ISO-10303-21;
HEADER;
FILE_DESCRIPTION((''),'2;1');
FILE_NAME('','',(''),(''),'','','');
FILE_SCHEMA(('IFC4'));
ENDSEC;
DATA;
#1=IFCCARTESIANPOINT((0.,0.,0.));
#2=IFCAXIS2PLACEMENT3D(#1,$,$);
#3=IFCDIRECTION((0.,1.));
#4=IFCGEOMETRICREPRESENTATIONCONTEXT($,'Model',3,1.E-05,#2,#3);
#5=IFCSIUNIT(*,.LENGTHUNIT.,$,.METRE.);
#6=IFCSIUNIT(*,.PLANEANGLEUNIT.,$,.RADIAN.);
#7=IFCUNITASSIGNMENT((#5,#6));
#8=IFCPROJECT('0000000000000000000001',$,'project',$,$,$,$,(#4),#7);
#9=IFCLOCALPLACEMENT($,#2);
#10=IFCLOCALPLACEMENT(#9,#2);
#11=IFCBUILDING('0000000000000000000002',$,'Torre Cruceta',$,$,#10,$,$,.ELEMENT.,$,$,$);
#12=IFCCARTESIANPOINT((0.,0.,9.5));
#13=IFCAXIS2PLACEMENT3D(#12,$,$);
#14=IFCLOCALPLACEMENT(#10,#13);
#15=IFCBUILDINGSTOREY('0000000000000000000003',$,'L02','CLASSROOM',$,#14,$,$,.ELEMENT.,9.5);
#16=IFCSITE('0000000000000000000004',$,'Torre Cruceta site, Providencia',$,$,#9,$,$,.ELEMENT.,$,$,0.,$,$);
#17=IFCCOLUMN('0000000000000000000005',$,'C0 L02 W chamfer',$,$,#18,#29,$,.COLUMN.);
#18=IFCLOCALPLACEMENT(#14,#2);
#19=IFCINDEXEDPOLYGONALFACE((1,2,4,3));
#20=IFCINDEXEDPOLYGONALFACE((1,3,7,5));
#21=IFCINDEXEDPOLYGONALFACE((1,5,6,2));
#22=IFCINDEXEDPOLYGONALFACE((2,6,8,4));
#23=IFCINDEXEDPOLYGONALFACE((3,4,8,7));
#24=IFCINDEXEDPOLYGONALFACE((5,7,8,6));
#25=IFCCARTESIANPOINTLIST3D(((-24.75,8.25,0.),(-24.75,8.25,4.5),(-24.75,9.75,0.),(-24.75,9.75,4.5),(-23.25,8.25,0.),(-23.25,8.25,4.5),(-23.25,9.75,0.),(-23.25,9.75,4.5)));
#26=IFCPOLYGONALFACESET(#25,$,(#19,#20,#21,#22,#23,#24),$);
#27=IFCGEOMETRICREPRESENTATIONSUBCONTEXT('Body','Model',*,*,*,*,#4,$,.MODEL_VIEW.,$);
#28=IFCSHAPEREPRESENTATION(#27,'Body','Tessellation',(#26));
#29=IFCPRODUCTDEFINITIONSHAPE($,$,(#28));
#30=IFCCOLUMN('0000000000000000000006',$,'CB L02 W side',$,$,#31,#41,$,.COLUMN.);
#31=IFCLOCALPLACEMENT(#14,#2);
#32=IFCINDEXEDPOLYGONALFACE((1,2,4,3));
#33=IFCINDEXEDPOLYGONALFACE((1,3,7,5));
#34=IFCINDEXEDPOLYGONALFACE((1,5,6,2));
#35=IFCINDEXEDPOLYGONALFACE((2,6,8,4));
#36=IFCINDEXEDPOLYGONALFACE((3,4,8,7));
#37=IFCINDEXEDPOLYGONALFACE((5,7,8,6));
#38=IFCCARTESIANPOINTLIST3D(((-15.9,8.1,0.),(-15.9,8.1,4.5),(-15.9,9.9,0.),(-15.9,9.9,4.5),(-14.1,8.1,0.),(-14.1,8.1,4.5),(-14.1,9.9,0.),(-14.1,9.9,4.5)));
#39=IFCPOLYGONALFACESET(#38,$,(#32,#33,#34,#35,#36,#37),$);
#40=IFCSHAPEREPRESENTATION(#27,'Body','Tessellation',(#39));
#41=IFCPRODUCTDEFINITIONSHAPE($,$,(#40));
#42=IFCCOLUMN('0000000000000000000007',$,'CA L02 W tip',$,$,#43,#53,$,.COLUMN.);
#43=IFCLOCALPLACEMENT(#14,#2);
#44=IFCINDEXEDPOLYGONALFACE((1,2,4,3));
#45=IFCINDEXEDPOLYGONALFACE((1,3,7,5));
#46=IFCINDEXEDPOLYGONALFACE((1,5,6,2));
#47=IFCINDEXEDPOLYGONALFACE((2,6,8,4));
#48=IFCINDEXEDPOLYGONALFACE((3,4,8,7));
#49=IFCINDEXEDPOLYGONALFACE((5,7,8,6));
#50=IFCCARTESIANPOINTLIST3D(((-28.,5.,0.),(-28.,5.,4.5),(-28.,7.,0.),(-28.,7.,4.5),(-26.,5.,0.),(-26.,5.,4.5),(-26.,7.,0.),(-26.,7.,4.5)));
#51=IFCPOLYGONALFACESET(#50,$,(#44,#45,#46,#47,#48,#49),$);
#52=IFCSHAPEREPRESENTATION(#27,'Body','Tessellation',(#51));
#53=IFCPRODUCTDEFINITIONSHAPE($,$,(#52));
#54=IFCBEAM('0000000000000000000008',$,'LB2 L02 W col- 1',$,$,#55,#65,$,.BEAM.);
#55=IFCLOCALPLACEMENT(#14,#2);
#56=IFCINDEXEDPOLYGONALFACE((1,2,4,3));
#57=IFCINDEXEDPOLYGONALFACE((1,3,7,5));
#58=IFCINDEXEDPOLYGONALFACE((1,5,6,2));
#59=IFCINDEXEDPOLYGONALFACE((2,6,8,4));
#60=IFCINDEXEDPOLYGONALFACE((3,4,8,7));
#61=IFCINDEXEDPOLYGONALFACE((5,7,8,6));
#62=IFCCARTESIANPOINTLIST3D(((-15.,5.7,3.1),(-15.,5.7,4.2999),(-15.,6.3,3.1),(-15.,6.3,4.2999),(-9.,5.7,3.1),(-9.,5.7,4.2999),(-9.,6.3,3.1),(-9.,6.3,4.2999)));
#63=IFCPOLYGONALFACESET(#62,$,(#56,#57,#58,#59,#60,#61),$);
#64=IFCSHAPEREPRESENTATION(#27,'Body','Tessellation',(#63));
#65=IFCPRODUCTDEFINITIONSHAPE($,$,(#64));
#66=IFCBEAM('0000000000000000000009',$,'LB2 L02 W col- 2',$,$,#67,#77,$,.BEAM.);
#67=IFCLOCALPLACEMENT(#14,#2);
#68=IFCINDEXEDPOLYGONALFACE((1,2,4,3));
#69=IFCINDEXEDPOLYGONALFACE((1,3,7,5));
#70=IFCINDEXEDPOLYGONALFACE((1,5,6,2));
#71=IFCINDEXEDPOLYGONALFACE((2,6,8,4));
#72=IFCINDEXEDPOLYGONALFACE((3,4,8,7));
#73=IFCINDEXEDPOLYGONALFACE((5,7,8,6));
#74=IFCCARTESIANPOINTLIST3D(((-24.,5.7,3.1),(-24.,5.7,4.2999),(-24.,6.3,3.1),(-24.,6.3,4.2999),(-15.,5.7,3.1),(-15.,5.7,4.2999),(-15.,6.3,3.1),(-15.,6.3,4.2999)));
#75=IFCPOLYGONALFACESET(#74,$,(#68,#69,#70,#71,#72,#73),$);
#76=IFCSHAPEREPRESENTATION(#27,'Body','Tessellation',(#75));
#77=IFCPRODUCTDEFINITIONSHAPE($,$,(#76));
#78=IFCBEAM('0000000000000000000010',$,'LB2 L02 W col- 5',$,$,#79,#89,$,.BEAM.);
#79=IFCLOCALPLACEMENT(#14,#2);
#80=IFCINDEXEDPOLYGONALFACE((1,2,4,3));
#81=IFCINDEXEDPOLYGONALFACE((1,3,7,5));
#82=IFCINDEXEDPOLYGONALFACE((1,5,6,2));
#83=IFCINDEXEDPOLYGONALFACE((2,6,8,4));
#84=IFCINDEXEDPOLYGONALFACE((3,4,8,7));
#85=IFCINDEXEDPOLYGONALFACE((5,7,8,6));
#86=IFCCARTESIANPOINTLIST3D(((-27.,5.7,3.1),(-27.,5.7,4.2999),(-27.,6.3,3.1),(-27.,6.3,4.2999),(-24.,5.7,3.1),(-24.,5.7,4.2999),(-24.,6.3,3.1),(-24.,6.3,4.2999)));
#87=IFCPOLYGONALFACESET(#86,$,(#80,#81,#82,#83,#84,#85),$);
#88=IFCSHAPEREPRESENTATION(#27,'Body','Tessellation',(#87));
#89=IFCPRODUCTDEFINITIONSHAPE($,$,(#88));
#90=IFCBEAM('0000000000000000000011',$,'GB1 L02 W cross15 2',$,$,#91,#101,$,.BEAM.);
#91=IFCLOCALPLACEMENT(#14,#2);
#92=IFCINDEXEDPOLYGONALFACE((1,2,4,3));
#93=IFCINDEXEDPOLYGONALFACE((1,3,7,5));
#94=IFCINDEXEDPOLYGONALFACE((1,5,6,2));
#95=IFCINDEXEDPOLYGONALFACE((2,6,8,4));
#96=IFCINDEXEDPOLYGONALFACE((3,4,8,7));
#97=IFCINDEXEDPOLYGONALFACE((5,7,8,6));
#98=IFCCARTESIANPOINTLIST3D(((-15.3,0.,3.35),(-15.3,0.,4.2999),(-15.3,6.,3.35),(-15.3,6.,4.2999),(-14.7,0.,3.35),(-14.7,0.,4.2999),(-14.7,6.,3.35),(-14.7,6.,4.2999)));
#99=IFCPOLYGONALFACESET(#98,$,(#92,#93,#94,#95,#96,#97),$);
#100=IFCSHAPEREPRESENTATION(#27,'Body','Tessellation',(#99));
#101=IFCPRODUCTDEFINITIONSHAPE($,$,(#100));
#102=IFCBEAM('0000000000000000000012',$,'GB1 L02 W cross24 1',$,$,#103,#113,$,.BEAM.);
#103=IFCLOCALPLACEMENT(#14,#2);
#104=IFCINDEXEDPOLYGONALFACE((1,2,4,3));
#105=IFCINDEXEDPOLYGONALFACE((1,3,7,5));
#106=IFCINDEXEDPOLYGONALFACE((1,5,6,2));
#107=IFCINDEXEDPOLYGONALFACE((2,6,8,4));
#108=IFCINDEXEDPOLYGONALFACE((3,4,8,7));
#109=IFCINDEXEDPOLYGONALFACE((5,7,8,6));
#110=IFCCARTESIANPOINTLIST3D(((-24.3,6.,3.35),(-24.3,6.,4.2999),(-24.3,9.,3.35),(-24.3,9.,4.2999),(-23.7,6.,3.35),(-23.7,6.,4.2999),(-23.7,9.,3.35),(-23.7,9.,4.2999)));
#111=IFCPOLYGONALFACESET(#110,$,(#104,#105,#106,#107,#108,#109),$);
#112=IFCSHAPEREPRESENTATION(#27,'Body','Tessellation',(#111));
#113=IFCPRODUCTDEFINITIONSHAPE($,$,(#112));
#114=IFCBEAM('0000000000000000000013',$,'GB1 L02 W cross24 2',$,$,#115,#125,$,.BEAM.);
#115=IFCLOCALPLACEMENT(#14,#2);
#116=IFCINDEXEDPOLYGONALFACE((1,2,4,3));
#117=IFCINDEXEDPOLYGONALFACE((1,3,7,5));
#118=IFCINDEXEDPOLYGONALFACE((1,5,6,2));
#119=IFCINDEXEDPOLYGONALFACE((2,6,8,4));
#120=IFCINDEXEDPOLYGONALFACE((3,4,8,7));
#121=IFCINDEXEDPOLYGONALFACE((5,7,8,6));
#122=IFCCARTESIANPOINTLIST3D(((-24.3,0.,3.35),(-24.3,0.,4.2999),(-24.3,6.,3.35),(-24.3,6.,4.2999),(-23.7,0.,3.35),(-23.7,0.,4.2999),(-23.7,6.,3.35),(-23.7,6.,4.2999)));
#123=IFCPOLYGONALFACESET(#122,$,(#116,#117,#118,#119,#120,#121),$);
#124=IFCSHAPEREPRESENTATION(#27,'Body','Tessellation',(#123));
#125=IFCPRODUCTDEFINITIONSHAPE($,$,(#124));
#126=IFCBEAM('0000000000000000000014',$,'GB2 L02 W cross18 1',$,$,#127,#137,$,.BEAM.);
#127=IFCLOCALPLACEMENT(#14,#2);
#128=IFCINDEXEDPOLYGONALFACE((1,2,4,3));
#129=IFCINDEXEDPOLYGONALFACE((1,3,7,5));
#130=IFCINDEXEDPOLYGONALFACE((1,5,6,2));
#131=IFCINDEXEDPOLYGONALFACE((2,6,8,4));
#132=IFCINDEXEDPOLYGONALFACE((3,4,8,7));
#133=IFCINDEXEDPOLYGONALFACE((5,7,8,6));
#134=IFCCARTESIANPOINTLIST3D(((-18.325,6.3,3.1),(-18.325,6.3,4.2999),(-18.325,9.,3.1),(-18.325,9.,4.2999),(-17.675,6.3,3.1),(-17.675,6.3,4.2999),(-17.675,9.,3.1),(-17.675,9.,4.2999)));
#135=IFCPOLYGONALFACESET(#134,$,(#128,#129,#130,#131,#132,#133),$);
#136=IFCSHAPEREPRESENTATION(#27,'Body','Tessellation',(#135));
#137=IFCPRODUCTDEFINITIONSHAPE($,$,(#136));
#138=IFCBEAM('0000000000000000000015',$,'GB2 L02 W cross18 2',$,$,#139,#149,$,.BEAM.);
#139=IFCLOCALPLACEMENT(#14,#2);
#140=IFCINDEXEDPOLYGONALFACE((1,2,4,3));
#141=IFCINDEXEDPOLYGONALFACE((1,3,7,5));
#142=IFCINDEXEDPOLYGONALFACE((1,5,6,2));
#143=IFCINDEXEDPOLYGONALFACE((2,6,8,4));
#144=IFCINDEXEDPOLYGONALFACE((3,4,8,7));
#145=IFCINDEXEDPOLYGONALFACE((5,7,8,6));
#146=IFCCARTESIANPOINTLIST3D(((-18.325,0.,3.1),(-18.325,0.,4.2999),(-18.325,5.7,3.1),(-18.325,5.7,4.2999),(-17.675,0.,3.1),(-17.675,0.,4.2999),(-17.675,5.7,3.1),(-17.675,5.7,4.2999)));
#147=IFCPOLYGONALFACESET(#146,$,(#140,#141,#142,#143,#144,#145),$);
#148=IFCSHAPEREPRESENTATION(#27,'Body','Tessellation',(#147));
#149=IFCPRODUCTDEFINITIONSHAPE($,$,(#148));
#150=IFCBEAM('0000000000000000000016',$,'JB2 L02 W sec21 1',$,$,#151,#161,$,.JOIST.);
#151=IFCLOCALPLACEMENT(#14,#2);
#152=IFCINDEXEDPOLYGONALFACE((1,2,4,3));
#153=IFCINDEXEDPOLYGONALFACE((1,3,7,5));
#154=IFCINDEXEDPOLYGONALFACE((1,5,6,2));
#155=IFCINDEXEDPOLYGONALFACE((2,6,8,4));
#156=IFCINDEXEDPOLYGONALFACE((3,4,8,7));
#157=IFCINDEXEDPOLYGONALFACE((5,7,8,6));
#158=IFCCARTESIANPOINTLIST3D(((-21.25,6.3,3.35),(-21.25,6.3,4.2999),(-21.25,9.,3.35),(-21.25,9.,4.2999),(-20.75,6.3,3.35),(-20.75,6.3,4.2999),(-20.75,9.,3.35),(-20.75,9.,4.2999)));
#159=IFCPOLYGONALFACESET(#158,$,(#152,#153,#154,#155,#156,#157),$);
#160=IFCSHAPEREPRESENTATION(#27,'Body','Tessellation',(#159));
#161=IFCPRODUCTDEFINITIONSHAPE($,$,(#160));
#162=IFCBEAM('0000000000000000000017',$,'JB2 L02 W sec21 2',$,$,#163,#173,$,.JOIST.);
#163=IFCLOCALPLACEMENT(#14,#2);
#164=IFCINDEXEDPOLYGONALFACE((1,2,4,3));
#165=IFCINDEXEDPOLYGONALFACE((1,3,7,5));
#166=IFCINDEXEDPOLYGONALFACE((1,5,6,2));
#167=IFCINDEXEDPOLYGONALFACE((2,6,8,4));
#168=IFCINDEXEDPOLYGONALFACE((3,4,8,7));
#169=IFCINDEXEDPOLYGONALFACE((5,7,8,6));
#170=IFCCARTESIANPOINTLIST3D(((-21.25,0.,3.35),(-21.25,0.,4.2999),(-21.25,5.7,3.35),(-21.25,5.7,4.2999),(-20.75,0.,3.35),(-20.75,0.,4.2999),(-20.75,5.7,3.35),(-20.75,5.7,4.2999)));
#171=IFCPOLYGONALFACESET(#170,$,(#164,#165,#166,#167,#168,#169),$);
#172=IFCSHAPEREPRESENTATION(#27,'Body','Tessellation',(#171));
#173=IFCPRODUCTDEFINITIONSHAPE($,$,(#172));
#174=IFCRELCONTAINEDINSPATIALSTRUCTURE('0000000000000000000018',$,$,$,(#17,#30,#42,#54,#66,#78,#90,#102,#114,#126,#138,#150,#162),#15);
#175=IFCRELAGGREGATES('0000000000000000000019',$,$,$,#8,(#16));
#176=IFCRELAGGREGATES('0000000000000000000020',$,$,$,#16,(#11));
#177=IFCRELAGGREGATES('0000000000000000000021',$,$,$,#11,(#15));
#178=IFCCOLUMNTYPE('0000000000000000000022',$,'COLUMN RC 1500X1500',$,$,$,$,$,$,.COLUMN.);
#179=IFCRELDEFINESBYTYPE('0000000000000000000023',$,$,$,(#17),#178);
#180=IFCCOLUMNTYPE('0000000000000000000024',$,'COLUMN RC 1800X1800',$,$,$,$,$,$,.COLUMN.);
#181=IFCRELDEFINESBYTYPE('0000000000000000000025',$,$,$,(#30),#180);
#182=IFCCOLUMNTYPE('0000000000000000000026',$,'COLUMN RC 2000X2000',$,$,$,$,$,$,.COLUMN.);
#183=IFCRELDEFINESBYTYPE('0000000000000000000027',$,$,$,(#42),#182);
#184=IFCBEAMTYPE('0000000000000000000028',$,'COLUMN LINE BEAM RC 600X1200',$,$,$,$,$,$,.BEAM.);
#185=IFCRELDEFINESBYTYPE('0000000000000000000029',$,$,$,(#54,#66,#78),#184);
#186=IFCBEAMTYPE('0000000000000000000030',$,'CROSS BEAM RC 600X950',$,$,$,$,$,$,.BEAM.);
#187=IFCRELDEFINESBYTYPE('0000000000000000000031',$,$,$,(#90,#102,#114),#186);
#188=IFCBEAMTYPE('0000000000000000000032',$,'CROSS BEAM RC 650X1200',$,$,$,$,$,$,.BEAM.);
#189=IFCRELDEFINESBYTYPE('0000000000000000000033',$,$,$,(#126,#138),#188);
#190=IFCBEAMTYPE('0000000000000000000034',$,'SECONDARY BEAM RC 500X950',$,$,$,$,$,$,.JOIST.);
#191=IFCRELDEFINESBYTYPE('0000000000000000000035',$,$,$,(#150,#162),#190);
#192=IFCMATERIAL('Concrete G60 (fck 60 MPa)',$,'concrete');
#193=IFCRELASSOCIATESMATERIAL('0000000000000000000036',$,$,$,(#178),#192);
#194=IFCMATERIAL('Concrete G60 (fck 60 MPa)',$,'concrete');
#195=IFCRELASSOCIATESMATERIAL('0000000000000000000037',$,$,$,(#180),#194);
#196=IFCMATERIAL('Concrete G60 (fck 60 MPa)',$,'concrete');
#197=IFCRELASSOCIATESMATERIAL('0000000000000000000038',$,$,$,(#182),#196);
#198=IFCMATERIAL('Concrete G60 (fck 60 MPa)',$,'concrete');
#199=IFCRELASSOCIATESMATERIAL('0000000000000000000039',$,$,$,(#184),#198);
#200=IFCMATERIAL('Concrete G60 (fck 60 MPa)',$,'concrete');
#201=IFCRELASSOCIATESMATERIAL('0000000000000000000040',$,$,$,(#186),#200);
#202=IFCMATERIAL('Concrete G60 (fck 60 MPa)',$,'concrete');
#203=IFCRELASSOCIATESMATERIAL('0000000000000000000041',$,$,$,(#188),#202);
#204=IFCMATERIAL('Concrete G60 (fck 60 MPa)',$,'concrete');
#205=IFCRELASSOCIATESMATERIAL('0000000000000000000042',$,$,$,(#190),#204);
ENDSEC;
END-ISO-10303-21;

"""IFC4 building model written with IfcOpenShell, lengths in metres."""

from ifc_helpers import new_model, si_unit, direction, frame, origin, origin_2d, place, context, subcontext, project, spatial, rectangle, extrude, material, material_profile, profile_set, type_object, element, save


model = new_model("IFC4")

# Units and contexts
model_context = context("Model", 3, precision=1e-05, world=origin(), true_north=direction((0.0, 1.0)))
body_context = subcontext(model_context, "Body", "Model", "MODEL_VIEW")
ifc_project = project(units=[si_unit("LENGTHUNIT", "METRE"), si_unit("PLANEANGLEUNIT", "RADIAN")], contexts=[model_context])

# Site, building, storey
site_placement = place(None, origin())
site = spatial("IfcSite", under=ifc_project, at=site_placement, Name="Torre Cruceta site, Providencia", CompositionType="ELEMENT", RefElevation=0.0)
building_placement = place(site_placement, origin())
building = spatial("IfcBuilding", under=site, at=building_placement, Name="Torre Cruceta", CompositionType="ELEMENT")
storey_placement = place(building_placement, frame((0.0, 0.0, 9.5)))
storey = spatial("IfcBuildingStorey", under=building, at=storey_placement, Name="L02", Description="CLASSROOM", CompositionType="ELEMENT", Elevation=9.5)

# Columns
ifc_material_1 = material(Name="Concrete G60 (fck 60 MPa)", Category="concrete")
ifc_material_profile_1 = material_profile(ifc_material_1, rectangle(XDim=1.5, YDim=1.5, at=origin_2d()), Name="RC 1500X1500")
ifc_profile_set_1 = profile_set([ifc_material_profile_1], Name="Concrete G60 (fck 60 MPa)")
column_type_1 = type_object("IfcColumnType", Name="COLUMN RC 1500X1500", PredefinedType="COLUMN", material=ifc_profile_set_1)
column_1_placement = place(storey_placement, frame((-24.0, 9.0, 0.0), z_axis=(0.0, 0.0, 1.0), x_axis=(1.0, 0.0, 0.0)))
element("IfcColumn", 1, at=column_1_placement, inside=storey, type_object=column_type_1, Name="C0 L02 W chamfer", PredefinedType="COLUMN", context=body_context, shape_type="SweptSolid", body=[
    extrude(rectangle(XDim=1.5, YDim=1.5, at=origin_2d()), origin(), (0.0, 0.0, 1.0), 4.5),
])
ifc_material_2 = material(Name="Concrete G60 (fck 60 MPa)", Category="concrete")
ifc_material_profile_2 = material_profile(ifc_material_2, rectangle(XDim=1.8, YDim=1.8, at=origin_2d()), Name="RC 1800X1800")
ifc_profile_set_2 = profile_set([ifc_material_profile_2], Name="Concrete G60 (fck 60 MPa)")
column_type_2 = type_object("IfcColumnType", Name="COLUMN RC 1800X1800", PredefinedType="COLUMN", material=ifc_profile_set_2)
column_2_placement = place(storey_placement, frame((-15.0, 9.0, 0.0), z_axis=(0.0, 0.0, 1.0), x_axis=(1.0, 0.0, 0.0)))
element("IfcColumn", 2, at=column_2_placement, inside=storey, type_object=column_type_2, Name="CB L02 W side", PredefinedType="COLUMN", context=body_context, shape_type="SweptSolid", body=[
    extrude(rectangle(XDim=1.8, YDim=1.8, at=origin_2d()), origin(), (0.0, 0.0, 1.0), 4.5),
])
ifc_material_3 = material(Name="Concrete G60 (fck 60 MPa)", Category="concrete")
ifc_material_profile_3 = material_profile(ifc_material_3, rectangle(XDim=2.0, YDim=2.0, at=origin_2d()), Name="RC 2000X2000")
ifc_profile_set_3 = profile_set([ifc_material_profile_3], Name="Concrete G60 (fck 60 MPa)")
column_type_3 = type_object("IfcColumnType", Name="COLUMN RC 2000X2000", PredefinedType="COLUMN", material=ifc_profile_set_3)
column_3_placement = place(storey_placement, frame((-27.0, 6.0, 0.0), z_axis=(0.0, 0.0, 1.0), x_axis=(1.0, 0.0, 0.0)))
element("IfcColumn", 3, at=column_3_placement, inside=storey, type_object=column_type_3, Name="CA L02 W tip", PredefinedType="COLUMN", context=body_context, shape_type="SweptSolid", body=[
    extrude(rectangle(XDim=2.0, YDim=2.0, at=origin_2d()), origin(), (0.0, 0.0, 1.0), 4.5),
])

# Beams
ifc_material_4 = material(Name="Concrete G60 (fck 60 MPa)", Category="concrete")
ifc_material_profile_4 = material_profile(ifc_material_4, rectangle(XDim=0.6001, YDim=1.2, at=origin_2d()), Name="RC 600X1200")
ifc_profile_set_4 = profile_set([ifc_material_profile_4], Name="Concrete G60 (fck 60 MPa)")
beam_type_1 = type_object("IfcBeamType", Name="COLUMN LINE BEAM RC 600X1200", PredefinedType="BEAM", material=ifc_profile_set_4)
beam_1_placement = place(storey_placement, frame((-9.0, 6.0, 3.7), z_axis=(-1.0, 0.0, 0.0), x_axis=(0.0, -1.0, 0.0)))
element("IfcBeam", 4, at=beam_1_placement, inside=storey, type_object=beam_type_1, Name="LB2 L02 W col- 1", PredefinedType="BEAM", context=body_context, shape_type="SweptSolid", body=[
    extrude(rectangle(XDim=0.6001, YDim=1.2, at=origin_2d()), origin(), (0.0, 0.0, 1.0), 6.0),
])
beam_2_placement = place(storey_placement, frame((-15.0, 6.0, 3.7), z_axis=(-1.0, 0.0, 0.0), x_axis=(0.0, -1.0, 0.0)))
element("IfcBeam", 5, at=beam_2_placement, inside=storey, type_object=beam_type_1, Name="LB2 L02 W col- 2", PredefinedType="BEAM", context=body_context, shape_type="SweptSolid", body=[
    extrude(rectangle(XDim=0.6001, YDim=1.2, at=origin_2d()), origin(), (0.0, 0.0, 1.0), 9.0),
])
beam_3_placement = place(storey_placement, frame((-24.0, 6.0, 3.7), z_axis=(-1.0, 0.0, 0.0), x_axis=(0.0, -1.0, 0.0)))
element("IfcBeam", 6, at=beam_3_placement, inside=storey, type_object=beam_type_1, Name="LB2 L02 W col- 5", PredefinedType="BEAM", context=body_context, shape_type="SweptSolid", body=[
    extrude(rectangle(XDim=0.6001, YDim=1.2, at=origin_2d()), origin(), (0.0, 0.0, 1.0), 3.0),
])
ifc_material_5 = material(Name="Concrete G60 (fck 60 MPa)", Category="concrete")
ifc_material_profile_5 = material_profile(ifc_material_5, rectangle(XDim=0.6001, YDim=0.95, at=origin_2d()), Name="RC 600X950")
ifc_profile_set_5 = profile_set([ifc_material_profile_5], Name="Concrete G60 (fck 60 MPa)")
beam_type_2 = type_object("IfcBeamType", Name="CROSS BEAM RC 600X950", PredefinedType="BEAM", material=ifc_profile_set_5)
beam_4_placement = place(storey_placement, frame((-15.0, 6.0, 3.825), z_axis=(0.0, -1.0, 0.0), x_axis=(1.0, 0.0, 0.0)))
element("IfcBeam", 7, at=beam_4_placement, inside=storey, type_object=beam_type_2, Name="GB1 L02 W cross15 2", PredefinedType="BEAM", context=body_context, shape_type="SweptSolid", body=[
    extrude(rectangle(XDim=0.6001, YDim=0.95, at=origin_2d()), origin(), (0.0, 0.0, 1.0), 6.0),
])
beam_5_placement = place(storey_placement, frame((-24.0, 9.0, 3.825), z_axis=(0.0, -1.0, 0.0), x_axis=(1.0, 0.0, 0.0)))
element("IfcBeam", 8, at=beam_5_placement, inside=storey, type_object=beam_type_2, Name="GB1 L02 W cross24 1", PredefinedType="BEAM", context=body_context, shape_type="SweptSolid", body=[
    extrude(rectangle(XDim=0.6001, YDim=0.95, at=origin_2d()), origin(), (0.0, 0.0, 1.0), 3.0),
])
beam_6_placement = place(storey_placement, frame((-24.0, 6.0, 3.825), z_axis=(0.0, -1.0, 0.0), x_axis=(1.0, 0.0, 0.0)))
element("IfcBeam", 9, at=beam_6_placement, inside=storey, type_object=beam_type_2, Name="GB1 L02 W cross24 2", PredefinedType="BEAM", context=body_context, shape_type="SweptSolid", body=[
    extrude(rectangle(XDim=0.6001, YDim=0.95, at=origin_2d()), origin(), (0.0, 0.0, 1.0), 6.0),
])
ifc_material_6 = material(Name="Concrete G60 (fck 60 MPa)", Category="concrete")
ifc_material_profile_6 = material_profile(ifc_material_6, rectangle(XDim=0.6499, YDim=1.2, at=origin_2d()), Name="RC 650X1200")
ifc_profile_set_6 = profile_set([ifc_material_profile_6], Name="Concrete G60 (fck 60 MPa)")
beam_type_3 = type_object("IfcBeamType", Name="CROSS BEAM RC 650X1200", PredefinedType="BEAM", material=ifc_profile_set_6)
beam_7_placement = place(storey_placement, frame((-18.0, 9.0, 3.7), z_axis=(0.0, -1.0, 0.0), x_axis=(1.0, 0.0, 0.0)))
element("IfcBeam", 10, at=beam_7_placement, inside=storey, type_object=beam_type_3, Name="GB2 L02 W cross18 1", PredefinedType="BEAM", context=body_context, shape_type="SweptSolid", body=[
    extrude(rectangle(XDim=0.6499, YDim=1.2, at=origin_2d()), origin(), (0.0, 0.0, 1.0), 2.7),
])
beam_8_placement = place(storey_placement, frame((-18.0, 5.7, 3.7), z_axis=(0.0, -1.0, 0.0), x_axis=(1.0, 0.0, 0.0)))
element("IfcBeam", 11, at=beam_8_placement, inside=storey, type_object=beam_type_3, Name="GB2 L02 W cross18 2", PredefinedType="BEAM", context=body_context, shape_type="SweptSolid", body=[
    extrude(rectangle(XDim=0.6499, YDim=1.2, at=origin_2d()), origin(), (0.0, 0.0, 1.0), 5.7),
])
ifc_material_7 = material(Name="Concrete G60 (fck 60 MPa)", Category="concrete")
ifc_material_profile_7 = material_profile(ifc_material_7, rectangle(XDim=0.5, YDim=0.95, at=origin_2d()), Name="RC 500X950")
ifc_profile_set_7 = profile_set([ifc_material_profile_7], Name="Concrete G60 (fck 60 MPa)")
beam_type_4 = type_object("IfcBeamType", Name="SECONDARY BEAM RC 500X950", PredefinedType="JOIST", material=ifc_profile_set_7)
beam_9_placement = place(storey_placement, frame((-21.0, 9.0, 3.825), z_axis=(0.0, -1.0, 0.0), x_axis=(1.0, 0.0, 0.0)))
element("IfcBeam", 12, at=beam_9_placement, inside=storey, type_object=beam_type_4, Name="JB2 L02 W sec21 1", PredefinedType="JOIST", context=body_context, shape_type="SweptSolid", body=[
    extrude(rectangle(XDim=0.5, YDim=0.95, at=origin_2d()), origin(), (0.0, 0.0, 1.0), 2.7),
])
beam_10_placement = place(storey_placement, frame((-21.0, 5.7, 3.825), z_axis=(0.0, -1.0, 0.0), x_axis=(1.0, 0.0, 0.0)))
element("IfcBeam", 13, at=beam_10_placement, inside=storey, type_object=beam_type_4, Name="JB2 L02 W sec21 2", PredefinedType="JOIST", context=body_context, shape_type="SweptSolid", body=[
    extrude(rectangle(XDim=0.5, YDim=0.95, at=origin_2d()), origin(), (0.0, 0.0, 1.0), 5.7),
])

save(model, "model.ifc")
